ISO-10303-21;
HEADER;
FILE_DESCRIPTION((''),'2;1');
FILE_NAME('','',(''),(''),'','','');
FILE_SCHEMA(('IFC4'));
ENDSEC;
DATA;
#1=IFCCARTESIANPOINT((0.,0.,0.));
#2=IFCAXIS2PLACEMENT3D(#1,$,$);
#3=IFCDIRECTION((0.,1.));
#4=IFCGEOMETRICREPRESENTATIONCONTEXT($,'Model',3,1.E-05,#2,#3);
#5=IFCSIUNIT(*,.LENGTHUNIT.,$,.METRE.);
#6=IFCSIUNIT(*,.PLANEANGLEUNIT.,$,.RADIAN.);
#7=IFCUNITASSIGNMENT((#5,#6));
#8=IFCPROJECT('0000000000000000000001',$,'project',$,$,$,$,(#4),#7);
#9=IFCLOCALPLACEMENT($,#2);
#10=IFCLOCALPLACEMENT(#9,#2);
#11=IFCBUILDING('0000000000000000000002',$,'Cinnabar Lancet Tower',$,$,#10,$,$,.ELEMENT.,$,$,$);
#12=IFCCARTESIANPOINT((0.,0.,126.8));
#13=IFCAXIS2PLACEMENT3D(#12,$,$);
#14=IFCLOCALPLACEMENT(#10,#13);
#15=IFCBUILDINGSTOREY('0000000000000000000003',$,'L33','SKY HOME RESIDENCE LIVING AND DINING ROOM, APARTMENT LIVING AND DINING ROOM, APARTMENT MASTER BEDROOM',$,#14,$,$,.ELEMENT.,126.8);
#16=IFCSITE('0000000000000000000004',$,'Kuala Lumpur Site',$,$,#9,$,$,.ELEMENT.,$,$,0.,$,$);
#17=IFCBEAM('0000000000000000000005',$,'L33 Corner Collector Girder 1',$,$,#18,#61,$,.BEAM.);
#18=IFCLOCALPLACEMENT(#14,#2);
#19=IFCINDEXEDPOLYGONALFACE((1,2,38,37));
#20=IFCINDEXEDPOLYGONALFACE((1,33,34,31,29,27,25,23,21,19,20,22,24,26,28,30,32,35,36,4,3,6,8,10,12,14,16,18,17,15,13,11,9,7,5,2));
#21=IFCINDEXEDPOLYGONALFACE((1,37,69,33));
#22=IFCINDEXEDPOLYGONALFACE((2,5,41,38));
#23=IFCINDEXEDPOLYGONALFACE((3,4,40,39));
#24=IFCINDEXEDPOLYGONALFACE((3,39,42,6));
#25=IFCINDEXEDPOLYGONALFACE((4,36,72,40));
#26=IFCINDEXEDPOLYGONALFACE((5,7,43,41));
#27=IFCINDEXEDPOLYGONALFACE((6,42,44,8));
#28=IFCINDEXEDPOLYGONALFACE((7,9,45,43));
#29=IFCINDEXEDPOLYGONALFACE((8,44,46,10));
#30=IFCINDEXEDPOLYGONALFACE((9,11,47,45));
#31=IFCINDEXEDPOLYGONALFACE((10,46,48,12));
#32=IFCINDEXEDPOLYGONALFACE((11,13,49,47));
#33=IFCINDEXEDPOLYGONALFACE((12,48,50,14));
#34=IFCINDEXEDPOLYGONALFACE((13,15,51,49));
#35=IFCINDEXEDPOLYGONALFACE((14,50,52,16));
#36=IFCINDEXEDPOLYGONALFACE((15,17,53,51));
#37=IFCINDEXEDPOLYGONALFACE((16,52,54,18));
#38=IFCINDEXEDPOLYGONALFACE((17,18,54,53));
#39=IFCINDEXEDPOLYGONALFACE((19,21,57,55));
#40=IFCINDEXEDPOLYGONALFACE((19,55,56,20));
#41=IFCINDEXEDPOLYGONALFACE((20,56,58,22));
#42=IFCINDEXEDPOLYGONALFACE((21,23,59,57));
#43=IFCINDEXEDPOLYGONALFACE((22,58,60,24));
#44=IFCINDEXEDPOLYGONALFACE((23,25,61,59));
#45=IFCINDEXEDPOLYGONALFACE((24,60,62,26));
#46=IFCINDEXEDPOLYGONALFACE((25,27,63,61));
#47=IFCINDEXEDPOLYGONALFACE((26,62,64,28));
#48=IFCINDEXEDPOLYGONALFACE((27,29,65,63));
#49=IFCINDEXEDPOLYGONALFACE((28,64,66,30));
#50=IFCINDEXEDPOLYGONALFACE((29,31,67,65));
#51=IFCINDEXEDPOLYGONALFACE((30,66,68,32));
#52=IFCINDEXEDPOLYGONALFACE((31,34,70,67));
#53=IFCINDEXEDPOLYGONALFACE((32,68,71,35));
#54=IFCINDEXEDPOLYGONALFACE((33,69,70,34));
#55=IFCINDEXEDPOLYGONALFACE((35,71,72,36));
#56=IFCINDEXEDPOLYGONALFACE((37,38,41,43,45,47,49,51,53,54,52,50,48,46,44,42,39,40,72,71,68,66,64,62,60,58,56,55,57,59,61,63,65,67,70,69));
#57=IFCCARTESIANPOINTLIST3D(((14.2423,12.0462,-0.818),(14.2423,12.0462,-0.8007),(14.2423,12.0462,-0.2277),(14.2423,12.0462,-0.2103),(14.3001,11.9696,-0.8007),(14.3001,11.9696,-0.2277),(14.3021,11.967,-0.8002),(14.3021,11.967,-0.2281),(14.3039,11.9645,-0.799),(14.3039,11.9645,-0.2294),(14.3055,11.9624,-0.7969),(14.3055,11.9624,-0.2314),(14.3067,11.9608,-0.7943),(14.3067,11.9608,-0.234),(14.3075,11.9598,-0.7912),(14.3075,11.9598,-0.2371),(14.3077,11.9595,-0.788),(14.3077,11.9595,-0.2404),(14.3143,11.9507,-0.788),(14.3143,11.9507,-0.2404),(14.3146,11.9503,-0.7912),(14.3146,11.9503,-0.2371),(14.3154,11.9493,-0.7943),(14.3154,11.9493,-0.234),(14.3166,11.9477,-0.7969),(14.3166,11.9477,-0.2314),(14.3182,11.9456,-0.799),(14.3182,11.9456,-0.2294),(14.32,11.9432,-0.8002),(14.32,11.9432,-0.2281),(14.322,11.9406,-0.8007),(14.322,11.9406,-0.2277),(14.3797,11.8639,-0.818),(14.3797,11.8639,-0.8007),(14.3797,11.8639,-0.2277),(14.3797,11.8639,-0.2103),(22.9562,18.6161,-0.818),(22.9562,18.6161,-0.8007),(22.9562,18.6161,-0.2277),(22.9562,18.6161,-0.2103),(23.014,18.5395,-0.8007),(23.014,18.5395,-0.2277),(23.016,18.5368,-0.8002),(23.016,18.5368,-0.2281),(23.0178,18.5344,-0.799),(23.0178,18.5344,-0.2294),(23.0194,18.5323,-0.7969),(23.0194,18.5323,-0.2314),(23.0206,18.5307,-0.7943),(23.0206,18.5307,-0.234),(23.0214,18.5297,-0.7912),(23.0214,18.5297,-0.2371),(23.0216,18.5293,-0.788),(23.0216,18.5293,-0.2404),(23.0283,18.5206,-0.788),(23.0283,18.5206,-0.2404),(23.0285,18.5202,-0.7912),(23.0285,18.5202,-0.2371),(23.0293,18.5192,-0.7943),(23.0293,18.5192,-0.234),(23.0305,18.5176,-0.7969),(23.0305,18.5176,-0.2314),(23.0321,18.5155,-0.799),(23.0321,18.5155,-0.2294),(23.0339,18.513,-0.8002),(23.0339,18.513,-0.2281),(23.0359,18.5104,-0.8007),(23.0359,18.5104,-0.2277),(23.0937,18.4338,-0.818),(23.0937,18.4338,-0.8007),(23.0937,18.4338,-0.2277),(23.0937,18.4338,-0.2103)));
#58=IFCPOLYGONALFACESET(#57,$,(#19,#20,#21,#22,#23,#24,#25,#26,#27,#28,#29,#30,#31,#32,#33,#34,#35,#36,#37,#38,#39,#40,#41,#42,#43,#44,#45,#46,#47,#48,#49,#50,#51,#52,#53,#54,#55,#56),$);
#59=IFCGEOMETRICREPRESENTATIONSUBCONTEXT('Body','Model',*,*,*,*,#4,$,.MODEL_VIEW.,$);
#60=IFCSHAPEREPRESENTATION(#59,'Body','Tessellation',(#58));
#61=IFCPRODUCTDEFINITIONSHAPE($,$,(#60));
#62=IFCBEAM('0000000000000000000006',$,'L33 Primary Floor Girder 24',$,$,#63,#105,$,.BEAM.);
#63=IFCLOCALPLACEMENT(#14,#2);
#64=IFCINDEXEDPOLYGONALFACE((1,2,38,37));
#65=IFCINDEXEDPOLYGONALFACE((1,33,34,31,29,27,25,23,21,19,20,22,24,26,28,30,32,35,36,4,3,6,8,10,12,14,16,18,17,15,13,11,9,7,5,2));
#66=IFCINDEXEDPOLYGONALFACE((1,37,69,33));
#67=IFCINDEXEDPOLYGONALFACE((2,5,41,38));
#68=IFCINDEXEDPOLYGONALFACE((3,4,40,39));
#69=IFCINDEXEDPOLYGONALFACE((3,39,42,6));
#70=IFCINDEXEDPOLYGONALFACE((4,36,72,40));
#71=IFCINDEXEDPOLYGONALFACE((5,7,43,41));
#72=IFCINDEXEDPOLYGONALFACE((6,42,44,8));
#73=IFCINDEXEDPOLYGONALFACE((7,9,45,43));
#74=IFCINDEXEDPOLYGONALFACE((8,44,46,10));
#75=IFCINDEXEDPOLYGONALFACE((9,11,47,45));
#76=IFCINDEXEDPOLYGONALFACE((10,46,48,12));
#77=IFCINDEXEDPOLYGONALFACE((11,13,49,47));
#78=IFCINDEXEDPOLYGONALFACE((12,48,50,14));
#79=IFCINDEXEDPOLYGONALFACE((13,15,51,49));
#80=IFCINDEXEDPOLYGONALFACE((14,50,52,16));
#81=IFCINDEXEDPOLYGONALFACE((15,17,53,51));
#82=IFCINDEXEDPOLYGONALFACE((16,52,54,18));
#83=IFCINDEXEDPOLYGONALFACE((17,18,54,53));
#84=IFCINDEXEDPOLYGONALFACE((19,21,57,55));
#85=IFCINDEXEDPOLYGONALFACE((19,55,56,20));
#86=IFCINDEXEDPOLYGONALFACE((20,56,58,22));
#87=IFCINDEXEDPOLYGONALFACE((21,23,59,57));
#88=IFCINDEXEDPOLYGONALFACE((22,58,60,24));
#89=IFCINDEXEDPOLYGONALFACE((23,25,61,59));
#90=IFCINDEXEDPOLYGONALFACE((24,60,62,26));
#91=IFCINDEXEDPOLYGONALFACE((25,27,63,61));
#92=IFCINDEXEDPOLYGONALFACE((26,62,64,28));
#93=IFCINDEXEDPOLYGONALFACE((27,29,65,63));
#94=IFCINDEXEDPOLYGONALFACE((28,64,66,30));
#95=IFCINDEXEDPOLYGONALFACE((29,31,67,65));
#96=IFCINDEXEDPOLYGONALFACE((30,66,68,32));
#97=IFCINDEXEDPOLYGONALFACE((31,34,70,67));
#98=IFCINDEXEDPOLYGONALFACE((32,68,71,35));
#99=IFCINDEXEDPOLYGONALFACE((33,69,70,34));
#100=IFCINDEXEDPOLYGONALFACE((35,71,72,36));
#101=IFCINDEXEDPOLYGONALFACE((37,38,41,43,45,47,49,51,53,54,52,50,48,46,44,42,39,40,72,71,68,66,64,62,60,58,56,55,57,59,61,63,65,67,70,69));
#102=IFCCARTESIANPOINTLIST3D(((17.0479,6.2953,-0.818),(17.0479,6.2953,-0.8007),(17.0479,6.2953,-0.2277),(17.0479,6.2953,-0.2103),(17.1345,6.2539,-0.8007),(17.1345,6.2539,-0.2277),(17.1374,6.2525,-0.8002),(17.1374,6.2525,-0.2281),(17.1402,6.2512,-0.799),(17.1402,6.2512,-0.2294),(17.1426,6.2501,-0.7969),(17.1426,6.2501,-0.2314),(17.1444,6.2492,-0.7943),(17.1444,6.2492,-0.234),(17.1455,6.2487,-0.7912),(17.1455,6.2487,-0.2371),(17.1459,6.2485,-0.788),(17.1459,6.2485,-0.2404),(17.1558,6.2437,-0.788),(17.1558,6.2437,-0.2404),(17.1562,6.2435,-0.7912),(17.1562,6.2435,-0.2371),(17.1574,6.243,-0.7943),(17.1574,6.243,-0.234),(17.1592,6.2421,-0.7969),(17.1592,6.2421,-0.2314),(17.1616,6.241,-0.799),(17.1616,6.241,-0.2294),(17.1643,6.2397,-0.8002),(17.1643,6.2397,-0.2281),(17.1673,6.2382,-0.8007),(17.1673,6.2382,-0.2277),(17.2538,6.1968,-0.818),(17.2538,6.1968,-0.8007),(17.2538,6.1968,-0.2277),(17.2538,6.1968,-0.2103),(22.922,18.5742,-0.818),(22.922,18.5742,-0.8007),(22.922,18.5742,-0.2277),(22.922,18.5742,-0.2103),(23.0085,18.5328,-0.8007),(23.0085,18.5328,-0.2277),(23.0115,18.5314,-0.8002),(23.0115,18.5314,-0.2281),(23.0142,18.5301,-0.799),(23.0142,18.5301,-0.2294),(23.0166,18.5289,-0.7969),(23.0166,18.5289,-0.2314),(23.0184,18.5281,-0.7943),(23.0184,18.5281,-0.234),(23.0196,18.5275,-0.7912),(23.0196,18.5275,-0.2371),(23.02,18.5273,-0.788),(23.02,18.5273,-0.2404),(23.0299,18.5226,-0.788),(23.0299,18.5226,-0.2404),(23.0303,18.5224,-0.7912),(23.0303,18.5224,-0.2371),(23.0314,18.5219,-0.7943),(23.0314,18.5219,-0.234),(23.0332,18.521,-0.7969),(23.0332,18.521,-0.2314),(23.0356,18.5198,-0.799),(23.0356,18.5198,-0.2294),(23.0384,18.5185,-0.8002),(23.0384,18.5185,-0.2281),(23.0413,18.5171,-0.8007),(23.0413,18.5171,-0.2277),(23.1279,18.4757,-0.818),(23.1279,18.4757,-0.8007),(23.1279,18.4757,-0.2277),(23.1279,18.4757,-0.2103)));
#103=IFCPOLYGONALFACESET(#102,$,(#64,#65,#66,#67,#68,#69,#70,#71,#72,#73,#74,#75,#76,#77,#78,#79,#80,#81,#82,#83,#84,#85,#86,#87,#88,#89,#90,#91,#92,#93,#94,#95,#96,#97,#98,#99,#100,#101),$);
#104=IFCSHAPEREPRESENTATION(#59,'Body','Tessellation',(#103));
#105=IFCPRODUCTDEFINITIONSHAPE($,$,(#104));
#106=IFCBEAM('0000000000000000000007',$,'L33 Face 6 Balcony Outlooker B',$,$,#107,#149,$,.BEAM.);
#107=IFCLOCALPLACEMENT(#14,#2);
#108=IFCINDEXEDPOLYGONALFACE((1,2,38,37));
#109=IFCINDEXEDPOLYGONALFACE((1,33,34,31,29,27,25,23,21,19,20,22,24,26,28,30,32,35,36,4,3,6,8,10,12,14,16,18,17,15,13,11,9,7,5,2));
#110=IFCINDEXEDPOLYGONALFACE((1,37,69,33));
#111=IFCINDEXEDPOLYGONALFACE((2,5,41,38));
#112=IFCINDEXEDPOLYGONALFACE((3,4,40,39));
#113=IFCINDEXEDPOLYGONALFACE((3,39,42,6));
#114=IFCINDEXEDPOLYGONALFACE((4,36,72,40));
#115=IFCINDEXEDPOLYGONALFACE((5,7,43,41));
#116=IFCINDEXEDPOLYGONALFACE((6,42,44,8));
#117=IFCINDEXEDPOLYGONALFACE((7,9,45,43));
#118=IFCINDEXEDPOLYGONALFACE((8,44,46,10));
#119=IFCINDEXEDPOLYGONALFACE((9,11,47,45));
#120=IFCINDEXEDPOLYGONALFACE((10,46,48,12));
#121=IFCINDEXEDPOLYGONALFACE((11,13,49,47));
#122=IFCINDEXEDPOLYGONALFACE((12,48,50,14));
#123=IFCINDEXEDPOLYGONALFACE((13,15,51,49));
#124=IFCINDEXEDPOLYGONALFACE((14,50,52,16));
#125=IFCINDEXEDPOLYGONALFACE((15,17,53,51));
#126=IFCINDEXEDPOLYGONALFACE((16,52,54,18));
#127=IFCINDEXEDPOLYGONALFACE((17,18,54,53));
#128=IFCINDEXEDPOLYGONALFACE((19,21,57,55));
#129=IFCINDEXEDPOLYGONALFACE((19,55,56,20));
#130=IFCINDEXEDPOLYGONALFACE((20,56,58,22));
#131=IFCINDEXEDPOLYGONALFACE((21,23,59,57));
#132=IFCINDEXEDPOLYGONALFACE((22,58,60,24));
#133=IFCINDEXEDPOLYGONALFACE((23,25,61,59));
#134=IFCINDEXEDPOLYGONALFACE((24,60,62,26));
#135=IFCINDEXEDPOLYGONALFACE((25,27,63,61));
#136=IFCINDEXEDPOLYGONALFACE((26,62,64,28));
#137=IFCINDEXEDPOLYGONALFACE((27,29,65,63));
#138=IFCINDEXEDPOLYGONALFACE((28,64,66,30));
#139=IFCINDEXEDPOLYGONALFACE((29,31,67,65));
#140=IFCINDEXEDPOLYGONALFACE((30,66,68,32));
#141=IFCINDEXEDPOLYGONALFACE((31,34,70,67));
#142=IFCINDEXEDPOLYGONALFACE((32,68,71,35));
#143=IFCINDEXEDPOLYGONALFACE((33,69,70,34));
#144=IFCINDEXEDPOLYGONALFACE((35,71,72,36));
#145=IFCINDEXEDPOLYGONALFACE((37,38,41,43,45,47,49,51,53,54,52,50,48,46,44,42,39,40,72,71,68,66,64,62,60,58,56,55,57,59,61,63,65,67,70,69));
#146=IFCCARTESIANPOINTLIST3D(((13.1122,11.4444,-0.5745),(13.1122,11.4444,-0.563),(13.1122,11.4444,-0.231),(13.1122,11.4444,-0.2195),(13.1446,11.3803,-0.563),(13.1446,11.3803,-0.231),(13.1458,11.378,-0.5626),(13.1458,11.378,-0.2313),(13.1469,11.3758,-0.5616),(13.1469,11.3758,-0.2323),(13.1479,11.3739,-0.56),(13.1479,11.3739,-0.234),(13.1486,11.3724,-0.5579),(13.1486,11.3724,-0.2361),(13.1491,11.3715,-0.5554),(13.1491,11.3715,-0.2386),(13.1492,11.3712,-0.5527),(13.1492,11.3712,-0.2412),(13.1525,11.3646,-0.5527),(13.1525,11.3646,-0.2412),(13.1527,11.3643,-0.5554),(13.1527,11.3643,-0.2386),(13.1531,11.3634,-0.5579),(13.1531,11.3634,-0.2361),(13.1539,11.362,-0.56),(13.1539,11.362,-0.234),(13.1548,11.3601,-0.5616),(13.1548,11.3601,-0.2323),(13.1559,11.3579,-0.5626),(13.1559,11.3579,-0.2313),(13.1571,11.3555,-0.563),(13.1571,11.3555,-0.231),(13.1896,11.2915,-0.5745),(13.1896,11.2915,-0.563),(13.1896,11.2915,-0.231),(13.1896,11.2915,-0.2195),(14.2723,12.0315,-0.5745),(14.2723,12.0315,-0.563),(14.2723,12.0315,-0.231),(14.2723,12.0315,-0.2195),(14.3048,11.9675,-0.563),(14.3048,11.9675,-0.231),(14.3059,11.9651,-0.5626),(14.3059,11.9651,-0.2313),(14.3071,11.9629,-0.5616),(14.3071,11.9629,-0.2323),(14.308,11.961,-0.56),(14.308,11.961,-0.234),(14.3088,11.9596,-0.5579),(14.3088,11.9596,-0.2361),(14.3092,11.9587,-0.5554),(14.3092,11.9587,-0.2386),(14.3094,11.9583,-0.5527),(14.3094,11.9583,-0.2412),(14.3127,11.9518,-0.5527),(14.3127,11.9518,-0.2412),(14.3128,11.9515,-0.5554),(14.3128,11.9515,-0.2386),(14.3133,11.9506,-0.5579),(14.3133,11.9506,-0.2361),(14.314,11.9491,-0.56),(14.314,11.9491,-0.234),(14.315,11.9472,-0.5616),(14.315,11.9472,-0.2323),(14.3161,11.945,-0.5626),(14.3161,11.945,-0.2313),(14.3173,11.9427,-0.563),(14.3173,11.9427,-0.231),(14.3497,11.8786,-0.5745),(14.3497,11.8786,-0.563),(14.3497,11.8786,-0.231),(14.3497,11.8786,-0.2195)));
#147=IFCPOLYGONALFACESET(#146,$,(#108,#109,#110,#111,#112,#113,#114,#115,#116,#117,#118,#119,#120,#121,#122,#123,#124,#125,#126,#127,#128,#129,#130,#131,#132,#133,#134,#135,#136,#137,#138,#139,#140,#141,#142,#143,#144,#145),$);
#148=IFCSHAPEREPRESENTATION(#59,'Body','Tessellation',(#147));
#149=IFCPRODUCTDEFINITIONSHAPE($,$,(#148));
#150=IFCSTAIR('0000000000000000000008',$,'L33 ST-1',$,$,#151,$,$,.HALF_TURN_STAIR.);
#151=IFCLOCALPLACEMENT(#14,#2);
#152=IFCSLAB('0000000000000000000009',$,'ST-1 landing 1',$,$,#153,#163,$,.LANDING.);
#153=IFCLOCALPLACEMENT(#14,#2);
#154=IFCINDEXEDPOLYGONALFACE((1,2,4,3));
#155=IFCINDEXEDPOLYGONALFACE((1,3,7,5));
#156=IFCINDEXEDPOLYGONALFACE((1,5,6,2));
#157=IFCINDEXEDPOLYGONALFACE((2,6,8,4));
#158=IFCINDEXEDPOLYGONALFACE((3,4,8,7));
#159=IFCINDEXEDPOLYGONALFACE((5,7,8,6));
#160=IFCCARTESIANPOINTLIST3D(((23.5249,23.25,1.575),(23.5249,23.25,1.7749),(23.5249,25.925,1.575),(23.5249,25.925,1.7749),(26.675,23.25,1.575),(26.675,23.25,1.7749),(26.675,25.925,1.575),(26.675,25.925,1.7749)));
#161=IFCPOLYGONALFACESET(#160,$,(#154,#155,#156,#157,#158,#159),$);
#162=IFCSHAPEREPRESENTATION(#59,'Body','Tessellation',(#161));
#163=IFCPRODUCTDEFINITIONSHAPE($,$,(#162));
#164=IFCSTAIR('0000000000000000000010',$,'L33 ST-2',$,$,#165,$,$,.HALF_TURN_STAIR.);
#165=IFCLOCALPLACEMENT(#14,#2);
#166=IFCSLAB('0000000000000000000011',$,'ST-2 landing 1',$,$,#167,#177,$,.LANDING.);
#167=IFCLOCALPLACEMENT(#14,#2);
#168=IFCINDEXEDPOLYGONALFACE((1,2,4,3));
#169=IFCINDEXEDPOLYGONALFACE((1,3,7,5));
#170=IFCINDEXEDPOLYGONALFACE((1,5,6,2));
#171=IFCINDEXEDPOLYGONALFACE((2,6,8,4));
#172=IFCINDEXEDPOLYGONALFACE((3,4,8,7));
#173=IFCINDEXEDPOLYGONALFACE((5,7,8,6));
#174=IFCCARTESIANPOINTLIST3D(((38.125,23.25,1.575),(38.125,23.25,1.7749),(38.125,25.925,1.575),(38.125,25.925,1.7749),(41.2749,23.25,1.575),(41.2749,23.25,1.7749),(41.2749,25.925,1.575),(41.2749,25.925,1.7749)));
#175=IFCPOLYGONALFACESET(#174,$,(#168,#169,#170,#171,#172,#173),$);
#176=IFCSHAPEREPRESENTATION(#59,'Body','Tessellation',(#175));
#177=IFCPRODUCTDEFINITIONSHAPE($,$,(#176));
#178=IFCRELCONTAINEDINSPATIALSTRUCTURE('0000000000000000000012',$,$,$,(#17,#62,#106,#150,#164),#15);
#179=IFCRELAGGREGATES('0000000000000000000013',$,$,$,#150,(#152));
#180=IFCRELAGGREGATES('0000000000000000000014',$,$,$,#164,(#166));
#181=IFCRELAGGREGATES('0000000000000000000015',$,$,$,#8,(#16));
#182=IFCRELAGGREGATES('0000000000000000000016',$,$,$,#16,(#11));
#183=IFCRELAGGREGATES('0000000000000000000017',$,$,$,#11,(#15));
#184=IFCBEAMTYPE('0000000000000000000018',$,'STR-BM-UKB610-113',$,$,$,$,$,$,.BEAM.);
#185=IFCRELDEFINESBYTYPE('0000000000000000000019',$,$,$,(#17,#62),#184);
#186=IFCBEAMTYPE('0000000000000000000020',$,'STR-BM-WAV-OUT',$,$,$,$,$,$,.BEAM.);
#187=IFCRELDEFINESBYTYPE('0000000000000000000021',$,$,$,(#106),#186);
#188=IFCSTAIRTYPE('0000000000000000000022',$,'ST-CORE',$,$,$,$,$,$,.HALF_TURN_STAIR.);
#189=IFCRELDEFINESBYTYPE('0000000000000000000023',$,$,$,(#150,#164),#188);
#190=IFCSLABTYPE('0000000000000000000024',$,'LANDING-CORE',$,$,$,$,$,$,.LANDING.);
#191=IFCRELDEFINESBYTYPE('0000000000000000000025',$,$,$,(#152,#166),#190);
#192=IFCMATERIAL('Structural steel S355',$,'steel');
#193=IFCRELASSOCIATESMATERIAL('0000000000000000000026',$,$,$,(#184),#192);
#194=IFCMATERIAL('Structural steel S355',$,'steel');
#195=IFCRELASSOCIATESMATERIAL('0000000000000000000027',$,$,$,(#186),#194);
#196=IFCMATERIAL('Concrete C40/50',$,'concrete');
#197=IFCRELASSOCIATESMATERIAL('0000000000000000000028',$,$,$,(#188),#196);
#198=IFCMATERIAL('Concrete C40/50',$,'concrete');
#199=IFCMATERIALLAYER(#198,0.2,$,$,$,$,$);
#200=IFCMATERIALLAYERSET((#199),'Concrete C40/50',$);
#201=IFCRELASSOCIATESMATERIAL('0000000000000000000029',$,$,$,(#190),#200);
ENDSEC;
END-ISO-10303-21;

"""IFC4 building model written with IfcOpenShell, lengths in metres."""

from ifc_helpers import new_model, si_unit, direction, frame, origin, origin_2d, place, context, subcontext, project, spatial, polyline, i_section, outline, extrude, material, layer, layer_set, material_profile, profile_set, type_object, element, aggregate, save


model = new_model("IFC4")

# Units and contexts
model_context = context("Model", 3, precision=1e-05, world=origin(), true_north=direction((0.0, 1.0)))
body_context = subcontext(model_context, "Body", "Model", "MODEL_VIEW")
ifc_project = project(units=[si_unit("LENGTHUNIT", "METRE"), si_unit("PLANEANGLEUNIT", "RADIAN")], contexts=[model_context])

# Site, building, storey
site_placement = place(None, origin())
site = spatial("IfcSite", under=ifc_project, at=site_placement, Name="Kuala Lumpur Site", CompositionType="ELEMENT", RefElevation=0.0)
building_placement = place(site_placement, origin())
building = spatial("IfcBuilding", under=site, at=building_placement, Name="Cinnabar Lancet Tower", CompositionType="ELEMENT")
storey_placement = place(building_placement, frame((0.0, 0.0, 126.8)))
storey = spatial("IfcBuildingStorey", under=building, at=storey_placement, Name="L33", Description="SKY HOME RESIDENCE LIVING AND DINING ROOM, APARTMENT LIVING AND DINING ROOM, APARTMENT MASTER BEDROOM", CompositionType="ELEMENT", Elevation=126.8)

# Beams
ifc_material_1 = material(Name="Structural steel S355", Category="steel")
ifc_material_profile_1 = material_profile(ifc_material_1, i_section(OverallWidth=0.2283, OverallDepth=0.6077, WebThickness=0.011, FlangeThickness=0.0173, FilletRadius=0.0127, at=origin_2d()), Name="UKB 610x229x113")
ifc_profile_set_1 = profile_set([ifc_material_profile_1], Name="Structural steel S355")
beam_type_1 = type_object("IfcBeamType", Name="STR-BM-UKB610-113", PredefinedType="BEAM", material=ifc_profile_set_1)
beam_1_placement = place(storey_placement, frame((14.311, 11.9551, -0.5142), z_axis=(0.798483, 0.602017, 0.0), x_axis=(-0.602017, 0.798483, 0.0)))
element("IfcBeam", 1, at=beam_1_placement, inside=storey, type_object=beam_type_1, Name="L33 Corner Collector Girder 1", PredefinedType="BEAM", context=body_context, shape_type="SweptSolid", body=[
    extrude(i_section(OverallWidth=0.2283, OverallDepth=0.6077, WebThickness=0.011, FlangeThickness=0.0173, FilletRadius=0.0127, at=origin_2d()), origin(), (0.0, 0.0, 1.0), 10.9131),
])
beam_2_placement = place(storey_placement, frame((17.1509, 6.2461, -0.5142), z_axis=(0.431548, 0.90209, 0.0), x_axis=(-0.90209, 0.431548, 0.0)))
element("IfcBeam", 2, at=beam_2_placement, inside=storey, type_object=beam_type_1, Name="L33 Primary Floor Girder 24", PredefinedType="BEAM", context=body_context, shape_type="SweptSolid", body=[
    extrude(i_section(OverallWidth=0.2283, OverallDepth=0.6077, WebThickness=0.011, FlangeThickness=0.0173, FilletRadius=0.0127, at=origin_2d()), origin(), (0.0, 0.0, 1.0), 13.6116),
])
ifc_material_2 = material(Name="Structural steel S355", Category="steel")
ifc_material_profile_2 = material_profile(ifc_material_2, i_section(OverallWidth=0.1714, OverallDepth=0.355, WebThickness=0.0073, FlangeThickness=0.0115, FilletRadius=0.0103, at=origin_2d()), Name="UKB 356x171x51")
ifc_profile_set_2 = profile_set([ifc_material_profile_2], Name="Structural steel S355")
beam_type_2 = type_object("IfcBeamType", Name="STR-BM-WAV-OUT", PredefinedType="BEAM", material=ifc_profile_set_2)
beam_3_placement = place(storey_placement, frame((14.311, 11.9551, -0.397), z_axis=(-0.892239, -0.451564, 0.0), x_axis=(0.451564, -0.892239, 0.0)))
element("IfcBeam", 3, at=beam_3_placement, inside=storey, type_object=beam_type_2, Name="L33 Face 6 Balcony Outlooker B", PredefinedType="BEAM", context=body_context, shape_type="SweptSolid", body=[
    extrude(i_section(OverallWidth=0.1714, OverallDepth=0.355, WebThickness=0.0073, FlangeThickness=0.0115, FilletRadius=0.0103, at=origin_2d()), origin(), (0.0, 0.0, 1.0), 1.3003),
])

# Stairs, slabs
ifc_material_3 = material(Name="Concrete C40/50", Category="concrete")
stair_type = type_object("IfcStairType", Name="ST-CORE", PredefinedType="HALF_TURN_STAIR", material=ifc_material_3)
stair_1_placement = place(storey_placement, origin())
stair_1 = element("IfcStair", 4, at=stair_1_placement, inside=storey, type_object=stair_type, Name="L33 ST-1", PredefinedType="HALF_TURN_STAIR")
ifc_material_4 = material(Name="Concrete C40/50", Category="concrete")
ifc_layer_1 = layer(ifc_material_4, 0.2)
ifc_layer_set_1 = layer_set([ifc_layer_1], Name="Concrete C40/50")
slab_type_1 = type_object("IfcSlabType", Name="LANDING-CORE", PredefinedType="LANDING", material=ifc_layer_set_1)
slab_1_placement = place(storey_placement, frame((0.0, 0.0, 1.575)))
slab_1 = element("IfcSlab", 5, at=slab_1_placement, type_object=slab_type_1, Name="ST-1 landing 1", PredefinedType="LANDING", context=body_context, shape_type="SweptSolid", body=[
    extrude(outline(polyline([(23.5249, 25.925), (23.5249, 23.25), (26.675, 23.25), (26.675, 25.925), (23.5249, 25.925)])), origin(), (0.0, 0.0, 1.0), 0.2),
])
aggregate(stair_1, [slab_1])
stair_2_placement = place(storey_placement, origin())
stair_2 = element("IfcStair", 6, at=stair_2_placement, inside=storey, type_object=stair_type, Name="L33 ST-2", PredefinedType="HALF_TURN_STAIR")
slab_2_placement = place(storey_placement, frame((0.0, 0.0, 1.575)))
slab_2 = element("IfcSlab", 7, at=slab_2_placement, type_object=slab_type_1, Name="ST-2 landing 1", PredefinedType="LANDING", context=body_context, shape_type="SweptSolid", body=[
    extrude(outline(polyline([(38.125, 25.925), (38.125, 23.25), (41.2749, 23.25), (41.2749, 25.925), (38.125, 25.925)])), origin(), (0.0, 0.0, 1.0), 0.2),
])
aggregate(stair_2, [slab_2])

save(model, "model.ifc")
